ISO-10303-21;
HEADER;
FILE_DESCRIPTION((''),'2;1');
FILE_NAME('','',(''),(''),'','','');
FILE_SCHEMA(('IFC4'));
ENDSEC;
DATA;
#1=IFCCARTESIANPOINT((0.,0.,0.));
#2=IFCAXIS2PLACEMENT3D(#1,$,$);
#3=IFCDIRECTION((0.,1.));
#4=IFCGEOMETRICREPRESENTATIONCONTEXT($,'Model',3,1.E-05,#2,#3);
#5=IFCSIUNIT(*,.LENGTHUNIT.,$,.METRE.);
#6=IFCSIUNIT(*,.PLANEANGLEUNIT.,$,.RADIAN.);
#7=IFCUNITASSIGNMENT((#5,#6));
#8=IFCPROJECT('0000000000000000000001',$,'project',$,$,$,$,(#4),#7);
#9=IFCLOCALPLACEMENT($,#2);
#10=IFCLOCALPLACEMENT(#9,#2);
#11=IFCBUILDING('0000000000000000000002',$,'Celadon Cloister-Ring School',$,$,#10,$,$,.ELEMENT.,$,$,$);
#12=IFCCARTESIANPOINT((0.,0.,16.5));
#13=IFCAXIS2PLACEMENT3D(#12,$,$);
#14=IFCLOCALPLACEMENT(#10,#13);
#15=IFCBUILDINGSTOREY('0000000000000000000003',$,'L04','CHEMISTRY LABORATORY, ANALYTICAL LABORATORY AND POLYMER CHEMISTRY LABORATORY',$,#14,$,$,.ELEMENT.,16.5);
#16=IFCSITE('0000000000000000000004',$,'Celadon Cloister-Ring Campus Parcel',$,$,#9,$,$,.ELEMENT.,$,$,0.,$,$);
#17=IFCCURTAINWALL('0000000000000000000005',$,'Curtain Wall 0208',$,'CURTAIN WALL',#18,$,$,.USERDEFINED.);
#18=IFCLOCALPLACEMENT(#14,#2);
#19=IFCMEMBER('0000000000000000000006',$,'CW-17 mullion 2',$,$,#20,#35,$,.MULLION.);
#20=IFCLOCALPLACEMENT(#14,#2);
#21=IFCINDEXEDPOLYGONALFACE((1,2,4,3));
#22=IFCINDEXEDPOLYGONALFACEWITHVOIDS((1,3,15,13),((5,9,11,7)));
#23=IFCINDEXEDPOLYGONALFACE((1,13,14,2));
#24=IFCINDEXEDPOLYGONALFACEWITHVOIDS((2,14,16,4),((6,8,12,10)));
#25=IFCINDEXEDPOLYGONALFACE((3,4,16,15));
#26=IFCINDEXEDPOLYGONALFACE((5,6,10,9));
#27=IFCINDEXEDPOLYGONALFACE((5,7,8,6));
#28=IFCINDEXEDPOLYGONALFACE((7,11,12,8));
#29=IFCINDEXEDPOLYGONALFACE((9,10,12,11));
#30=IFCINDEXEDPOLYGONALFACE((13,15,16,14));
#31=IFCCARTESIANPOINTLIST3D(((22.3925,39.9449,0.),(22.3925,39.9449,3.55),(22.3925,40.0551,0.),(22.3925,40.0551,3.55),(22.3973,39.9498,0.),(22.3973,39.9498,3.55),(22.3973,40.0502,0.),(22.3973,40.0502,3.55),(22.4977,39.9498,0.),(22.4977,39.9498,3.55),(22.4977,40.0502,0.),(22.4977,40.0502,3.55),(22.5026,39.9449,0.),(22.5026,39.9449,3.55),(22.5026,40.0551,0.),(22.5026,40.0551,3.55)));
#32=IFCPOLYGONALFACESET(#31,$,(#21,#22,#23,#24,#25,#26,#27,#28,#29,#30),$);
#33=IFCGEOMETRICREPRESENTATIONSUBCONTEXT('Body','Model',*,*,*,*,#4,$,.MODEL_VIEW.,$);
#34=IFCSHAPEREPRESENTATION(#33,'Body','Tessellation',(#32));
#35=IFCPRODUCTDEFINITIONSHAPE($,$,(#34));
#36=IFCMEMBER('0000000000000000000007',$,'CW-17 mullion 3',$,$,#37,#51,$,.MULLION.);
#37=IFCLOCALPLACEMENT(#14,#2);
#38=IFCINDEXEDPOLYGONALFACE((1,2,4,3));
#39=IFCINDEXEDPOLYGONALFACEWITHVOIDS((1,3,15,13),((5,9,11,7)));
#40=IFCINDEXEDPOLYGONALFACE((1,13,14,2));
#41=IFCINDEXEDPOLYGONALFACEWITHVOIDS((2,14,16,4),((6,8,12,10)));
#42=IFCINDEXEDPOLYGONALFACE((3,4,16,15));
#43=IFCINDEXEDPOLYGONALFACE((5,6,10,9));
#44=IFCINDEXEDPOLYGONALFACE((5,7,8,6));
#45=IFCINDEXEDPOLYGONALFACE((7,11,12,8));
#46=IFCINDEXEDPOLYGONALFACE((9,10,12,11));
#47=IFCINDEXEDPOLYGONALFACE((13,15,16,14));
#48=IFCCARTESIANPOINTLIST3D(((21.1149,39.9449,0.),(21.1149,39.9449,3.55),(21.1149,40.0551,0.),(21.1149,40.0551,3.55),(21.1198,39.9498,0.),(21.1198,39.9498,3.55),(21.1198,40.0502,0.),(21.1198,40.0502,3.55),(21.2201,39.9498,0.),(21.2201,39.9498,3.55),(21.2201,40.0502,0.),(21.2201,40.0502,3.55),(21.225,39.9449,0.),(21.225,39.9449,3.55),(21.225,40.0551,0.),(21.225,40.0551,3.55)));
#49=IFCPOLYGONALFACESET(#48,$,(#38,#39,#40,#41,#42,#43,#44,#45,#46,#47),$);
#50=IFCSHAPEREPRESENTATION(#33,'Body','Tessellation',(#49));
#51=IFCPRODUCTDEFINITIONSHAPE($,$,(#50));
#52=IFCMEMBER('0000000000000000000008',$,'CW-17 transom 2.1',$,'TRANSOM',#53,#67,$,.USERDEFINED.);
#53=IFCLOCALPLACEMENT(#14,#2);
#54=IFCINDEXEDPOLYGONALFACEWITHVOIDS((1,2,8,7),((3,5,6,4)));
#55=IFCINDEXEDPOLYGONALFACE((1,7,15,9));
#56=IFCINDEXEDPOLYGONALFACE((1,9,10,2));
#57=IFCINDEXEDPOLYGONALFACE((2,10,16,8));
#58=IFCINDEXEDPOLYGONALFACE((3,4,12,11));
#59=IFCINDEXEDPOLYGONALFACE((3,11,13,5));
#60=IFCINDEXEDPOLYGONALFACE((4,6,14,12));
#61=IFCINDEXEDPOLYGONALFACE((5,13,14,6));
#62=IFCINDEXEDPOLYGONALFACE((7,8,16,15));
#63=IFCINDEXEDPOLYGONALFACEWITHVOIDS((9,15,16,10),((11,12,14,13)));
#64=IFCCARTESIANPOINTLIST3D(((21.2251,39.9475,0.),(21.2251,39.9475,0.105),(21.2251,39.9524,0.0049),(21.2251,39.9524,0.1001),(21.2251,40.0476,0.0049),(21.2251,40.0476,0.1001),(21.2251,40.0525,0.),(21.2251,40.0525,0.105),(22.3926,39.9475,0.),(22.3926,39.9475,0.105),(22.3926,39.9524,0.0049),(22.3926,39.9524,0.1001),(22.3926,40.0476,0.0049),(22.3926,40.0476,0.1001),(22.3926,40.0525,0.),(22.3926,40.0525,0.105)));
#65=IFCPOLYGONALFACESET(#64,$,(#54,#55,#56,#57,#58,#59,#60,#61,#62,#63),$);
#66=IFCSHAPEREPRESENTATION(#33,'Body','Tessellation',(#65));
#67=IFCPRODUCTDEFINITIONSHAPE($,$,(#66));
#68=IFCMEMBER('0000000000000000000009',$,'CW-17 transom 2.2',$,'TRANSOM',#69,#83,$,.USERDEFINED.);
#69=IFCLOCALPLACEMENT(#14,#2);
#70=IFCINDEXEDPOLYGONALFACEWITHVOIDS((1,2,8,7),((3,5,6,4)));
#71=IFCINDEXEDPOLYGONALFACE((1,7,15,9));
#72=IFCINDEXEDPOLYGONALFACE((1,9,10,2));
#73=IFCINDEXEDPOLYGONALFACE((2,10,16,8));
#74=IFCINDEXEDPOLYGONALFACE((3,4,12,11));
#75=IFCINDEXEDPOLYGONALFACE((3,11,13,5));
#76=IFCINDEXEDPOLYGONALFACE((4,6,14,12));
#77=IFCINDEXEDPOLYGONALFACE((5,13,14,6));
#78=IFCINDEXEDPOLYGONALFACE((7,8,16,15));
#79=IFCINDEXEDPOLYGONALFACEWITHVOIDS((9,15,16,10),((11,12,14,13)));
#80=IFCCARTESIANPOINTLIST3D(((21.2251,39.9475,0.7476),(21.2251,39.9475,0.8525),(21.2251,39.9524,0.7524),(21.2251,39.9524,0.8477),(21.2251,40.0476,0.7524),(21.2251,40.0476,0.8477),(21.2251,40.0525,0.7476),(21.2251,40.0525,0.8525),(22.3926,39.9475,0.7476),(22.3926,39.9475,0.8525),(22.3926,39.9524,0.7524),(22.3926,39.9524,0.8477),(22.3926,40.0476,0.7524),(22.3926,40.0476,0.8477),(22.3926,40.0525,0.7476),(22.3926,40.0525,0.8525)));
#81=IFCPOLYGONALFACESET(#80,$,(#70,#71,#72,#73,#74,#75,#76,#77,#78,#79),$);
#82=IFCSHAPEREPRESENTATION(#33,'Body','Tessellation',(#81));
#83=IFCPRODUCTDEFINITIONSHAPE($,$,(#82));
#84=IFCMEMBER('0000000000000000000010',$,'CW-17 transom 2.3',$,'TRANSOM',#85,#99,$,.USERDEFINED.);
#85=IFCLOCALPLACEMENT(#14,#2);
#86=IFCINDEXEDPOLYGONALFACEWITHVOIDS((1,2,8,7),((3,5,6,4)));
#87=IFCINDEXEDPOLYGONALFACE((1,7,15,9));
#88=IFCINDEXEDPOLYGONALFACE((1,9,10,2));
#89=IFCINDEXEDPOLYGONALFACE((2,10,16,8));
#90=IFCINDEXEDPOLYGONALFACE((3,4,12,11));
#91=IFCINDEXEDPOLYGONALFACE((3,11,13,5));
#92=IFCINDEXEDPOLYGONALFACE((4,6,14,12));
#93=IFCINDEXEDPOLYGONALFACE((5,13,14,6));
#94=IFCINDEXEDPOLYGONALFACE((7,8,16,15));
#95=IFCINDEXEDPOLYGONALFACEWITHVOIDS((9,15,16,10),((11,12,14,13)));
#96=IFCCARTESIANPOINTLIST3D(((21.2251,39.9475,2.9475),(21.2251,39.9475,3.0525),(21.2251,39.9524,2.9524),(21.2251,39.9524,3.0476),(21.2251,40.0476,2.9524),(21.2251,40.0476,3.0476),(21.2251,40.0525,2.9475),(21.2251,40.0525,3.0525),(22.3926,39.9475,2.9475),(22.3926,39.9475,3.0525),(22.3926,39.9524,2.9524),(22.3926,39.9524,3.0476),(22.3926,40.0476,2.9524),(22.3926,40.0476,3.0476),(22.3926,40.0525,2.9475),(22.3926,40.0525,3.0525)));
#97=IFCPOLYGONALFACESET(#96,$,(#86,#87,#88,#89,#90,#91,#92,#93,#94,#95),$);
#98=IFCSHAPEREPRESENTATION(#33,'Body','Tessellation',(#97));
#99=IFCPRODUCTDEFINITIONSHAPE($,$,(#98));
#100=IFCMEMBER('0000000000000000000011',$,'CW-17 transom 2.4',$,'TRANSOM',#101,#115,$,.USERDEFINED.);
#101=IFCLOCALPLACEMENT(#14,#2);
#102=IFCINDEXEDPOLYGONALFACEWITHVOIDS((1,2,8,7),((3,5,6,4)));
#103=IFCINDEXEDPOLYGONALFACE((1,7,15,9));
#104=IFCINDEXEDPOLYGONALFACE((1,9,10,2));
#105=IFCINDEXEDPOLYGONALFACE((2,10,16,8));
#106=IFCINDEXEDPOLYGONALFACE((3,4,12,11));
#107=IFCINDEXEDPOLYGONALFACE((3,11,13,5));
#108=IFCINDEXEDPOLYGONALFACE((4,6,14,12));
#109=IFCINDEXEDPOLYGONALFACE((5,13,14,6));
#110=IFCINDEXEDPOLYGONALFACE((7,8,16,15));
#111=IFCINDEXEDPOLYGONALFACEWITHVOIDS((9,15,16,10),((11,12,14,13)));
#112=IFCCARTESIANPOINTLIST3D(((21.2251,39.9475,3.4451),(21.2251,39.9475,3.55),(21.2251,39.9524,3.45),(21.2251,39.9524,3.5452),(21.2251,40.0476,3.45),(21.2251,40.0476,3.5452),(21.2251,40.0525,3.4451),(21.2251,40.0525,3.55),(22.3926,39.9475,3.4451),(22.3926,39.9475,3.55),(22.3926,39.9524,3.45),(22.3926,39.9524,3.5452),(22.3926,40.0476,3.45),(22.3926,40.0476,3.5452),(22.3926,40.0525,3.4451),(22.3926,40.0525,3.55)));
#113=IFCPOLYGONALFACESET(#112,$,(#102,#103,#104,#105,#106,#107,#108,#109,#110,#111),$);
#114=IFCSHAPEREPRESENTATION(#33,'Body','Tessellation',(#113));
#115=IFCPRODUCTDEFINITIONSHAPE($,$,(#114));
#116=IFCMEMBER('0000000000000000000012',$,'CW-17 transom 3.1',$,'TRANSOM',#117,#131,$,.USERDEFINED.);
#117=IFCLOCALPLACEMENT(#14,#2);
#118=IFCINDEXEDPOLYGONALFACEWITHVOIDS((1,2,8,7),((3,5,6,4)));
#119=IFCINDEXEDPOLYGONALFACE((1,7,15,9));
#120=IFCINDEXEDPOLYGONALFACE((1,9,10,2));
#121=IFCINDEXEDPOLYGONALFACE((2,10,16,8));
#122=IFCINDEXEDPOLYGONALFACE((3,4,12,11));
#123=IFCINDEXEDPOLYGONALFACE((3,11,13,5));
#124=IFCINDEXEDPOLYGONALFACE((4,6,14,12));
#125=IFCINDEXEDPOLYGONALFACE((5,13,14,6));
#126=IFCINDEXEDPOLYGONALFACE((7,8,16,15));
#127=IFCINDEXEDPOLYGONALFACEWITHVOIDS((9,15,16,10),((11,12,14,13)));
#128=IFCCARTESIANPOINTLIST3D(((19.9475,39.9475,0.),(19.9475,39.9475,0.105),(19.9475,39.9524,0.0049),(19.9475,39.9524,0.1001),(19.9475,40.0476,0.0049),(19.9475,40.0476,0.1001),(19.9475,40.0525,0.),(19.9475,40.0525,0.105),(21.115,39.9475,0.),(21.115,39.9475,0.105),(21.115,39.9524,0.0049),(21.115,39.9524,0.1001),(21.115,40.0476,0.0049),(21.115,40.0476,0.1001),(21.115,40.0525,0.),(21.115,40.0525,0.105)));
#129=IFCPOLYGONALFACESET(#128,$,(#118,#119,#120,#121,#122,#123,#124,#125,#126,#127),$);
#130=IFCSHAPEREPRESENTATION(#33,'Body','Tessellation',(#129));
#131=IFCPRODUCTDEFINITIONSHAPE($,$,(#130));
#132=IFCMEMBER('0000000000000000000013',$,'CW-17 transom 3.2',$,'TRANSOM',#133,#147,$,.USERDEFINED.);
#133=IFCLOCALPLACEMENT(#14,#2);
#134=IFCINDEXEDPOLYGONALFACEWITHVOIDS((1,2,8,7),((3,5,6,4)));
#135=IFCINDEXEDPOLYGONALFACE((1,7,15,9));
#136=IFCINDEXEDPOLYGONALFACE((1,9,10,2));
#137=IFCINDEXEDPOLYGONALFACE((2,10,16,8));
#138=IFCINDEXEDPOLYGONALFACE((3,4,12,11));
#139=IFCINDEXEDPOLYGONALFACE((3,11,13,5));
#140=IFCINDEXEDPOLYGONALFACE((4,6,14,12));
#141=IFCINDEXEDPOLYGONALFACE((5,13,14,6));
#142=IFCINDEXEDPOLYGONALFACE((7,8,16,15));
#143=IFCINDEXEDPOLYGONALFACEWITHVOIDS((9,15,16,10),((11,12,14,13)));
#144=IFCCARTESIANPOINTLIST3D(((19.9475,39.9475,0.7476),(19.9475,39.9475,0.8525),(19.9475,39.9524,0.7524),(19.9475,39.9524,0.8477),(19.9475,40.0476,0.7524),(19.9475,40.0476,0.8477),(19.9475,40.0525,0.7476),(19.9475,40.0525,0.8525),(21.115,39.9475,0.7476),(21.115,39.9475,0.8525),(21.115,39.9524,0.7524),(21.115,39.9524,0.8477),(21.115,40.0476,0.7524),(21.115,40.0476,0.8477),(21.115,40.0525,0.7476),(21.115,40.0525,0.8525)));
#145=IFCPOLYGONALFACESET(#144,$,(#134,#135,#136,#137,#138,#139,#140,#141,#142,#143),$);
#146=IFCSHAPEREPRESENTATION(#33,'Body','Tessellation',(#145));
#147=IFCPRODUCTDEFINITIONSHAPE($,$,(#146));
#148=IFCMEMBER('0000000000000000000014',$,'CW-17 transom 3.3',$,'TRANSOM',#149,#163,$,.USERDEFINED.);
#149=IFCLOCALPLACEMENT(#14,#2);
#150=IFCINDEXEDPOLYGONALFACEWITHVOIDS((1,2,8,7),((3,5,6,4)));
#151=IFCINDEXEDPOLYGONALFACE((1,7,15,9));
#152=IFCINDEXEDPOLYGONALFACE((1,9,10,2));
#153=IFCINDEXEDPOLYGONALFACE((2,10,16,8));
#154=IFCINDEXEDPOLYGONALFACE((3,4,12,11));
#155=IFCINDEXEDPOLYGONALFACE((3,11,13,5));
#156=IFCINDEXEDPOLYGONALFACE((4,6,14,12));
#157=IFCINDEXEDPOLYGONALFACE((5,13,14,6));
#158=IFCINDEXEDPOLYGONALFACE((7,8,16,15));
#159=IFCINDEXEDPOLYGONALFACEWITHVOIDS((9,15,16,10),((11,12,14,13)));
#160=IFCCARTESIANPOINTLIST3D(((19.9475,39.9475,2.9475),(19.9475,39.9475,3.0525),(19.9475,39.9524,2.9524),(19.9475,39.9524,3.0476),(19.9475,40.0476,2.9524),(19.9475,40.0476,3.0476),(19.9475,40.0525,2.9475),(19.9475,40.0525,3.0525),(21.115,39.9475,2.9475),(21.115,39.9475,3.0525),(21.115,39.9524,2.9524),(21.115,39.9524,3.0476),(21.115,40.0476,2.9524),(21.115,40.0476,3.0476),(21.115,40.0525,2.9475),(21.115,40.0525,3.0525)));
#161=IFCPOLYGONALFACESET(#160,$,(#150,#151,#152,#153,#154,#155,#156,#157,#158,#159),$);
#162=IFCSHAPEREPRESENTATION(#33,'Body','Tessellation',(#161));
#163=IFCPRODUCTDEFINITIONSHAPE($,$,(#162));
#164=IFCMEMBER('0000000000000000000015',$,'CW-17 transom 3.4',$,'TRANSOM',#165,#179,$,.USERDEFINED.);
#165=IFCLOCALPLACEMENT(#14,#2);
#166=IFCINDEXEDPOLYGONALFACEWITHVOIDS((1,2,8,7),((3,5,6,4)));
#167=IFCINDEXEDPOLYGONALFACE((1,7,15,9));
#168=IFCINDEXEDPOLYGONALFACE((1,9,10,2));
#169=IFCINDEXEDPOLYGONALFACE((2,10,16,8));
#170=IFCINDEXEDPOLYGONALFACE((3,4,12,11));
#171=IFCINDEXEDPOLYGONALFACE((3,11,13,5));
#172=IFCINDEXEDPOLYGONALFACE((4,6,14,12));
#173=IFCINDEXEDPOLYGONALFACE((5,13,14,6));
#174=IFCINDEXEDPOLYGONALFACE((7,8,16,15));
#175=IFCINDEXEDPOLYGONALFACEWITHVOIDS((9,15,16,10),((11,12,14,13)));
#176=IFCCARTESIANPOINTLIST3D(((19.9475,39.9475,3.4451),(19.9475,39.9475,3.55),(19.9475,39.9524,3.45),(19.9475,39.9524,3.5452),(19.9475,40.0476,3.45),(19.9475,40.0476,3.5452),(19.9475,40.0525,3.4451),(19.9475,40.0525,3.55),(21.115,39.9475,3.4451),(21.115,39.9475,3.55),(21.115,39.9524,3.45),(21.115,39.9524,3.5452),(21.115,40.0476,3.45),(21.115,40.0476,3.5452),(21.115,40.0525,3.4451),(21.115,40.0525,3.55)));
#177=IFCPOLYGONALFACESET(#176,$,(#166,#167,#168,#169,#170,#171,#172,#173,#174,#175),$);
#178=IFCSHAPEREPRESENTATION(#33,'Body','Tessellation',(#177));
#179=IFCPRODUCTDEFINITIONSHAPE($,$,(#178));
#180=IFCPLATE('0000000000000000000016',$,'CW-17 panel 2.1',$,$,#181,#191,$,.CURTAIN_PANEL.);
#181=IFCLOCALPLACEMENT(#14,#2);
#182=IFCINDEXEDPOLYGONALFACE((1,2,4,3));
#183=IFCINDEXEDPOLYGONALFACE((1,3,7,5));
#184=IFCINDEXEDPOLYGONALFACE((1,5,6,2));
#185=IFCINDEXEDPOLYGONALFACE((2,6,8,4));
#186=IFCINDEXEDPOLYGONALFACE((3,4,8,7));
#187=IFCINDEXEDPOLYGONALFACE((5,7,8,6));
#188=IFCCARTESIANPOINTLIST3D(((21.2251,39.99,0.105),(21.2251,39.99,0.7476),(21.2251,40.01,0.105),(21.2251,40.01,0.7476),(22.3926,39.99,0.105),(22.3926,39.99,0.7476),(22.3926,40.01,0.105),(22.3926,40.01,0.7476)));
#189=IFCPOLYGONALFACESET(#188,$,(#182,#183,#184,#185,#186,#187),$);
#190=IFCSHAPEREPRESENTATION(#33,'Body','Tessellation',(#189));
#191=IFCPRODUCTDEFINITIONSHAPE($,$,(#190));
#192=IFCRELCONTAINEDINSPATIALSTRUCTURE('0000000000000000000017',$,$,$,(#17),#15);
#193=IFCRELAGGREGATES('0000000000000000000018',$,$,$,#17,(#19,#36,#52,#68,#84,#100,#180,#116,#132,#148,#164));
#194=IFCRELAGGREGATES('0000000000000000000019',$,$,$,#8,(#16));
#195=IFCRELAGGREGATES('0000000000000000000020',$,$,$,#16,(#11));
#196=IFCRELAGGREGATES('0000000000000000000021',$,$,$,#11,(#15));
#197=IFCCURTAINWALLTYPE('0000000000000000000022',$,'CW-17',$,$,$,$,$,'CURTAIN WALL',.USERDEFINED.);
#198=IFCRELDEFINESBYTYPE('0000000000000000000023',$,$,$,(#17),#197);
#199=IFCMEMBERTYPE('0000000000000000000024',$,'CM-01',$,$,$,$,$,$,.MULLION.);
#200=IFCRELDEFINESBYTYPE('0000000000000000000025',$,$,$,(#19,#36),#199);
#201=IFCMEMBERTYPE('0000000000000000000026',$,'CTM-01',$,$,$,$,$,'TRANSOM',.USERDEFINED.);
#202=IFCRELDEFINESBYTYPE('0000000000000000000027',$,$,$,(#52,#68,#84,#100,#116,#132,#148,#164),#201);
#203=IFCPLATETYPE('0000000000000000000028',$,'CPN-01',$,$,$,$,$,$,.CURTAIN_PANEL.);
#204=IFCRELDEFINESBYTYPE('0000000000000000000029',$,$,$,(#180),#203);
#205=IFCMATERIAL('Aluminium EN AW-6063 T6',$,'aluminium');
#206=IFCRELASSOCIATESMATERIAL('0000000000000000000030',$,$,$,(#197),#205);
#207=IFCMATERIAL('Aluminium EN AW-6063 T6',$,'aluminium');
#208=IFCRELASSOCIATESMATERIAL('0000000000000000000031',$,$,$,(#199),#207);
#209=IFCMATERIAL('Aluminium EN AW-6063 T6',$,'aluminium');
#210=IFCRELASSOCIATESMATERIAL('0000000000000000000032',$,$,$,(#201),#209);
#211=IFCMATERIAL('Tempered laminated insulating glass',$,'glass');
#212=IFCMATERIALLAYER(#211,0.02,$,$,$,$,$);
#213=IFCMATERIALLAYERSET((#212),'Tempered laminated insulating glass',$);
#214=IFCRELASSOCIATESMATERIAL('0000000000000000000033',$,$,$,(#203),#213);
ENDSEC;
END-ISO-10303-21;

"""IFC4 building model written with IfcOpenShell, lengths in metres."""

from ifc_helpers import new_model, si_unit, direction, frame, origin, origin_2d, place, context, subcontext, project, spatial, rectangle, hollow_rectangle, extrude, material, layer, layer_set, material_profile, profile_set, type_object, element, aggregate, save


model = new_model("IFC4")

# Units and contexts
model_context = context("Model", 3, precision=1e-05, world=origin(), true_north=direction((0.0, 1.0)))
body_context = subcontext(model_context, "Body", "Model", "MODEL_VIEW")
ifc_project = project(units=[si_unit("LENGTHUNIT", "METRE"), si_unit("PLANEANGLEUNIT", "RADIAN")], contexts=[model_context])

# Site, building, storey
site_placement = place(None, origin())
site = spatial("IfcSite", under=ifc_project, at=site_placement, Name="Celadon Cloister-Ring Campus Parcel", CompositionType="ELEMENT", RefElevation=0.0)
building_placement = place(site_placement, origin())
building = spatial("IfcBuilding", under=site, at=building_placement, Name="Celadon Cloister-Ring School", CompositionType="ELEMENT")
storey_placement = place(building_placement, frame((0.0, 0.0, 16.5)))
storey = spatial("IfcBuildingStorey", under=building, at=storey_placement, Name="L04", Description="CHEMISTRY LABORATORY, ANALYTICAL LABORATORY AND POLYMER CHEMISTRY LABORATORY", CompositionType="ELEMENT", Elevation=16.5)

# Curtain wall, members, plate
ifc_material_1 = material(Name="Aluminium EN AW-6063 T6", Category="aluminium")
curtain_wall_type = type_object("IfcCurtainWallType", Name="CW-17", ElementType="CURTAIN WALL", PredefinedType="USERDEFINED", material=ifc_material_1)
curtain_wall_placement = place(storey_placement, origin())
curtain_wall = element("IfcCurtainWall", 1, at=curtain_wall_placement, inside=storey, type_object=curtain_wall_type, Name="Curtain Wall 0208", ObjectType="CURTAIN WALL", PredefinedType="USERDEFINED")
ifc_material_2 = material(Name="Aluminium EN AW-6063 T6", Category="aluminium")
ifc_material_profile_1 = material_profile(ifc_material_2, hollow_rectangle(XDim=0.1101, YDim=0.1101, WallThickness=0.0049, at=origin_2d()), Name="RHS110X110X5")
ifc_profile_set_1 = profile_set([ifc_material_profile_1], Name="Aluminium EN AW-6063 T6")
member_type_1 = type_object("IfcMemberType", Name="CM-01", PredefinedType="MULLION", material=ifc_profile_set_1)
member_1_placement = place(storey_placement, frame((22.4475, 40.0, 0.0), z_axis=(0.0, 0.0, 1.0), x_axis=(0.0, -1.0, 0.0)))
member_1 = element("IfcMember", 2, at=member_1_placement, type_object=member_type_1, Name="CW-17 mullion 2", PredefinedType="MULLION", context=body_context, shape_type="SweptSolid", body=[
    extrude(hollow_rectangle(XDim=0.1101, YDim=0.1101, WallThickness=0.0049, at=origin_2d()), origin(), (0.0, 0.0, 1.0), 3.55),
])
member_2_placement = place(storey_placement, frame((21.1699, 40.0, 0.0), z_axis=(0.0, 0.0, 1.0), x_axis=(0.0, -1.0, 0.0)))
member_2 = element("IfcMember", 3, at=member_2_placement, type_object=member_type_1, Name="CW-17 mullion 3", PredefinedType="MULLION", context=body_context, shape_type="SweptSolid", body=[
    extrude(hollow_rectangle(XDim=0.1101, YDim=0.1101, WallThickness=0.0049, at=origin_2d()), origin(), (0.0, 0.0, 1.0), 3.55),
])
ifc_material_3 = material(Name="Aluminium EN AW-6063 T6", Category="aluminium")
ifc_material_profile_2 = material_profile(ifc_material_3, hollow_rectangle(XDim=0.105, YDim=0.105, WallThickness=0.0049, at=origin_2d()), Name="RHS105X105X5")
ifc_profile_set_2 = profile_set([ifc_material_profile_2], Name="Aluminium EN AW-6063 T6")
member_type_2 = type_object("IfcMemberType", Name="CTM-01", ElementType="TRANSOM", PredefinedType="USERDEFINED", material=ifc_profile_set_2)
member_3_placement = place(storey_placement, frame((22.3926, 40.0, 0.0525), z_axis=(-1.0, 0.0, 0.0), x_axis=(0.0, -1.0, 0.0)))
member_3 = element("IfcMember", 4, at=member_3_placement, type_object=member_type_2, Name="CW-17 transom 2.1", ObjectType="TRANSOM", PredefinedType="USERDEFINED", context=body_context, shape_type="SweptSolid", body=[
    extrude(hollow_rectangle(XDim=0.105, YDim=0.105, WallThickness=0.0049, at=origin_2d()), origin(), (0.0, 0.0, 1.0), 1.1675),
])
member_4_placement = place(storey_placement, frame((22.3926, 40.0, 0.8), z_axis=(-1.0, 0.0, 0.0), x_axis=(0.0, -1.0, 0.0)))
member_4 = element("IfcMember", 5, at=member_4_placement, type_object=member_type_2, Name="CW-17 transom 2.2", ObjectType="TRANSOM", PredefinedType="USERDEFINED", context=body_context, shape_type="SweptSolid", body=[
    extrude(hollow_rectangle(XDim=0.105, YDim=0.105, WallThickness=0.0049, at=origin_2d()), origin(), (0.0, 0.0, 1.0), 1.1675),
])
member_5_placement = place(storey_placement, frame((22.3926, 40.0, 3.0), z_axis=(-1.0, 0.0, 0.0), x_axis=(0.0, -1.0, 0.0)))
member_5 = element("IfcMember", 6, at=member_5_placement, type_object=member_type_2, Name="CW-17 transom 2.3", ObjectType="TRANSOM", PredefinedType="USERDEFINED", context=body_context, shape_type="SweptSolid", body=[
    extrude(hollow_rectangle(XDim=0.105, YDim=0.105, WallThickness=0.0049, at=origin_2d()), origin(), (0.0, 0.0, 1.0), 1.1675),
])
member_6_placement = place(storey_placement, frame((22.3926, 40.0, 3.4976), z_axis=(-1.0, 0.0, 0.0), x_axis=(0.0, -1.0, 0.0)))
member_6 = element("IfcMember", 7, at=member_6_placement, type_object=member_type_2, Name="CW-17 transom 2.4", ObjectType="TRANSOM", PredefinedType="USERDEFINED", context=body_context, shape_type="SweptSolid", body=[
    extrude(hollow_rectangle(XDim=0.105, YDim=0.105, WallThickness=0.0049, at=origin_2d()), origin(), (0.0, 0.0, 1.0), 1.1675),
])
member_7_placement = place(storey_placement, frame((21.115, 40.0, 0.0525), z_axis=(-1.0, 0.0, 0.0), x_axis=(0.0, -1.0, 0.0)))
member_7 = element("IfcMember", 8, at=member_7_placement, type_object=member_type_2, Name="CW-17 transom 3.1", ObjectType="TRANSOM", PredefinedType="USERDEFINED", context=body_context, shape_type="SweptSolid", body=[
    extrude(hollow_rectangle(XDim=0.105, YDim=0.105, WallThickness=0.0049, at=origin_2d()), origin(), (0.0, 0.0, 1.0), 1.1675),
])
member_8_placement = place(storey_placement, frame((21.115, 40.0, 0.8), z_axis=(-1.0, 0.0, 0.0), x_axis=(0.0, -1.0, 0.0)))
member_8 = element("IfcMember", 9, at=member_8_placement, type_object=member_type_2, Name="CW-17 transom 3.2", ObjectType="TRANSOM", PredefinedType="USERDEFINED", context=body_context, shape_type="SweptSolid", body=[
    extrude(hollow_rectangle(XDim=0.105, YDim=0.105, WallThickness=0.0049, at=origin_2d()), origin(), (0.0, 0.0, 1.0), 1.1675),
])
member_9_placement = place(storey_placement, frame((21.115, 40.0, 3.0), z_axis=(-1.0, 0.0, 0.0), x_axis=(0.0, -1.0, 0.0)))
member_9 = element("IfcMember", 10, at=member_9_placement, type_object=member_type_2, Name="CW-17 transom 3.3", ObjectType="TRANSOM", PredefinedType="USERDEFINED", context=body_context, shape_type="SweptSolid", body=[
    extrude(hollow_rectangle(XDim=0.105, YDim=0.105, WallThickness=0.0049, at=origin_2d()), origin(), (0.0, 0.0, 1.0), 1.1675),
])
member_10_placement = place(storey_placement, frame((21.115, 40.0, 3.4976), z_axis=(-1.0, 0.0, 0.0), x_axis=(0.0, -1.0, 0.0)))
member_10 = element("IfcMember", 11, at=member_10_placement, type_object=member_type_2, Name="CW-17 transom 3.4", ObjectType="TRANSOM", PredefinedType="USERDEFINED", context=body_context, shape_type="SweptSolid", body=[
    extrude(hollow_rectangle(XDim=0.105, YDim=0.105, WallThickness=0.0049, at=origin_2d()), origin(), (0.0, 0.0, 1.0), 1.1675),
])
ifc_material_4 = material(Name="Tempered laminated insulating glass", Category="glass")
ifc_layer_1 = layer(ifc_material_4, 0.02)
ifc_layer_set_1 = layer_set([ifc_layer_1], Name="Tempered laminated insulating glass")
plate_type_1 = type_object("IfcPlateType", Name="CPN-01", PredefinedType="CURTAIN_PANEL", material=ifc_layer_set_1)
plate_1_placement = place(storey_placement, frame((21.8088, 40.0, 0.105), z_axis=(0.0, 0.0, 1.0), x_axis=(-1.0, 0.0, 0.0)))
plate_1 = element("IfcPlate", 12, at=plate_1_placement, type_object=plate_type_1, Name="CW-17 panel 2.1", PredefinedType="CURTAIN_PANEL", context=body_context, shape_type="SweptSolid", body=[
    extrude(rectangle(XDim=1.1675, YDim=0.02, at=origin_2d()), origin(), (0.0, 0.0, 1.0), 0.6426),
])
aggregate(curtain_wall, [member_1, member_2, member_3, member_4, member_5, member_6, plate_1, member_7, member_8, member_9, member_10])

save(model, "model.ifc")
